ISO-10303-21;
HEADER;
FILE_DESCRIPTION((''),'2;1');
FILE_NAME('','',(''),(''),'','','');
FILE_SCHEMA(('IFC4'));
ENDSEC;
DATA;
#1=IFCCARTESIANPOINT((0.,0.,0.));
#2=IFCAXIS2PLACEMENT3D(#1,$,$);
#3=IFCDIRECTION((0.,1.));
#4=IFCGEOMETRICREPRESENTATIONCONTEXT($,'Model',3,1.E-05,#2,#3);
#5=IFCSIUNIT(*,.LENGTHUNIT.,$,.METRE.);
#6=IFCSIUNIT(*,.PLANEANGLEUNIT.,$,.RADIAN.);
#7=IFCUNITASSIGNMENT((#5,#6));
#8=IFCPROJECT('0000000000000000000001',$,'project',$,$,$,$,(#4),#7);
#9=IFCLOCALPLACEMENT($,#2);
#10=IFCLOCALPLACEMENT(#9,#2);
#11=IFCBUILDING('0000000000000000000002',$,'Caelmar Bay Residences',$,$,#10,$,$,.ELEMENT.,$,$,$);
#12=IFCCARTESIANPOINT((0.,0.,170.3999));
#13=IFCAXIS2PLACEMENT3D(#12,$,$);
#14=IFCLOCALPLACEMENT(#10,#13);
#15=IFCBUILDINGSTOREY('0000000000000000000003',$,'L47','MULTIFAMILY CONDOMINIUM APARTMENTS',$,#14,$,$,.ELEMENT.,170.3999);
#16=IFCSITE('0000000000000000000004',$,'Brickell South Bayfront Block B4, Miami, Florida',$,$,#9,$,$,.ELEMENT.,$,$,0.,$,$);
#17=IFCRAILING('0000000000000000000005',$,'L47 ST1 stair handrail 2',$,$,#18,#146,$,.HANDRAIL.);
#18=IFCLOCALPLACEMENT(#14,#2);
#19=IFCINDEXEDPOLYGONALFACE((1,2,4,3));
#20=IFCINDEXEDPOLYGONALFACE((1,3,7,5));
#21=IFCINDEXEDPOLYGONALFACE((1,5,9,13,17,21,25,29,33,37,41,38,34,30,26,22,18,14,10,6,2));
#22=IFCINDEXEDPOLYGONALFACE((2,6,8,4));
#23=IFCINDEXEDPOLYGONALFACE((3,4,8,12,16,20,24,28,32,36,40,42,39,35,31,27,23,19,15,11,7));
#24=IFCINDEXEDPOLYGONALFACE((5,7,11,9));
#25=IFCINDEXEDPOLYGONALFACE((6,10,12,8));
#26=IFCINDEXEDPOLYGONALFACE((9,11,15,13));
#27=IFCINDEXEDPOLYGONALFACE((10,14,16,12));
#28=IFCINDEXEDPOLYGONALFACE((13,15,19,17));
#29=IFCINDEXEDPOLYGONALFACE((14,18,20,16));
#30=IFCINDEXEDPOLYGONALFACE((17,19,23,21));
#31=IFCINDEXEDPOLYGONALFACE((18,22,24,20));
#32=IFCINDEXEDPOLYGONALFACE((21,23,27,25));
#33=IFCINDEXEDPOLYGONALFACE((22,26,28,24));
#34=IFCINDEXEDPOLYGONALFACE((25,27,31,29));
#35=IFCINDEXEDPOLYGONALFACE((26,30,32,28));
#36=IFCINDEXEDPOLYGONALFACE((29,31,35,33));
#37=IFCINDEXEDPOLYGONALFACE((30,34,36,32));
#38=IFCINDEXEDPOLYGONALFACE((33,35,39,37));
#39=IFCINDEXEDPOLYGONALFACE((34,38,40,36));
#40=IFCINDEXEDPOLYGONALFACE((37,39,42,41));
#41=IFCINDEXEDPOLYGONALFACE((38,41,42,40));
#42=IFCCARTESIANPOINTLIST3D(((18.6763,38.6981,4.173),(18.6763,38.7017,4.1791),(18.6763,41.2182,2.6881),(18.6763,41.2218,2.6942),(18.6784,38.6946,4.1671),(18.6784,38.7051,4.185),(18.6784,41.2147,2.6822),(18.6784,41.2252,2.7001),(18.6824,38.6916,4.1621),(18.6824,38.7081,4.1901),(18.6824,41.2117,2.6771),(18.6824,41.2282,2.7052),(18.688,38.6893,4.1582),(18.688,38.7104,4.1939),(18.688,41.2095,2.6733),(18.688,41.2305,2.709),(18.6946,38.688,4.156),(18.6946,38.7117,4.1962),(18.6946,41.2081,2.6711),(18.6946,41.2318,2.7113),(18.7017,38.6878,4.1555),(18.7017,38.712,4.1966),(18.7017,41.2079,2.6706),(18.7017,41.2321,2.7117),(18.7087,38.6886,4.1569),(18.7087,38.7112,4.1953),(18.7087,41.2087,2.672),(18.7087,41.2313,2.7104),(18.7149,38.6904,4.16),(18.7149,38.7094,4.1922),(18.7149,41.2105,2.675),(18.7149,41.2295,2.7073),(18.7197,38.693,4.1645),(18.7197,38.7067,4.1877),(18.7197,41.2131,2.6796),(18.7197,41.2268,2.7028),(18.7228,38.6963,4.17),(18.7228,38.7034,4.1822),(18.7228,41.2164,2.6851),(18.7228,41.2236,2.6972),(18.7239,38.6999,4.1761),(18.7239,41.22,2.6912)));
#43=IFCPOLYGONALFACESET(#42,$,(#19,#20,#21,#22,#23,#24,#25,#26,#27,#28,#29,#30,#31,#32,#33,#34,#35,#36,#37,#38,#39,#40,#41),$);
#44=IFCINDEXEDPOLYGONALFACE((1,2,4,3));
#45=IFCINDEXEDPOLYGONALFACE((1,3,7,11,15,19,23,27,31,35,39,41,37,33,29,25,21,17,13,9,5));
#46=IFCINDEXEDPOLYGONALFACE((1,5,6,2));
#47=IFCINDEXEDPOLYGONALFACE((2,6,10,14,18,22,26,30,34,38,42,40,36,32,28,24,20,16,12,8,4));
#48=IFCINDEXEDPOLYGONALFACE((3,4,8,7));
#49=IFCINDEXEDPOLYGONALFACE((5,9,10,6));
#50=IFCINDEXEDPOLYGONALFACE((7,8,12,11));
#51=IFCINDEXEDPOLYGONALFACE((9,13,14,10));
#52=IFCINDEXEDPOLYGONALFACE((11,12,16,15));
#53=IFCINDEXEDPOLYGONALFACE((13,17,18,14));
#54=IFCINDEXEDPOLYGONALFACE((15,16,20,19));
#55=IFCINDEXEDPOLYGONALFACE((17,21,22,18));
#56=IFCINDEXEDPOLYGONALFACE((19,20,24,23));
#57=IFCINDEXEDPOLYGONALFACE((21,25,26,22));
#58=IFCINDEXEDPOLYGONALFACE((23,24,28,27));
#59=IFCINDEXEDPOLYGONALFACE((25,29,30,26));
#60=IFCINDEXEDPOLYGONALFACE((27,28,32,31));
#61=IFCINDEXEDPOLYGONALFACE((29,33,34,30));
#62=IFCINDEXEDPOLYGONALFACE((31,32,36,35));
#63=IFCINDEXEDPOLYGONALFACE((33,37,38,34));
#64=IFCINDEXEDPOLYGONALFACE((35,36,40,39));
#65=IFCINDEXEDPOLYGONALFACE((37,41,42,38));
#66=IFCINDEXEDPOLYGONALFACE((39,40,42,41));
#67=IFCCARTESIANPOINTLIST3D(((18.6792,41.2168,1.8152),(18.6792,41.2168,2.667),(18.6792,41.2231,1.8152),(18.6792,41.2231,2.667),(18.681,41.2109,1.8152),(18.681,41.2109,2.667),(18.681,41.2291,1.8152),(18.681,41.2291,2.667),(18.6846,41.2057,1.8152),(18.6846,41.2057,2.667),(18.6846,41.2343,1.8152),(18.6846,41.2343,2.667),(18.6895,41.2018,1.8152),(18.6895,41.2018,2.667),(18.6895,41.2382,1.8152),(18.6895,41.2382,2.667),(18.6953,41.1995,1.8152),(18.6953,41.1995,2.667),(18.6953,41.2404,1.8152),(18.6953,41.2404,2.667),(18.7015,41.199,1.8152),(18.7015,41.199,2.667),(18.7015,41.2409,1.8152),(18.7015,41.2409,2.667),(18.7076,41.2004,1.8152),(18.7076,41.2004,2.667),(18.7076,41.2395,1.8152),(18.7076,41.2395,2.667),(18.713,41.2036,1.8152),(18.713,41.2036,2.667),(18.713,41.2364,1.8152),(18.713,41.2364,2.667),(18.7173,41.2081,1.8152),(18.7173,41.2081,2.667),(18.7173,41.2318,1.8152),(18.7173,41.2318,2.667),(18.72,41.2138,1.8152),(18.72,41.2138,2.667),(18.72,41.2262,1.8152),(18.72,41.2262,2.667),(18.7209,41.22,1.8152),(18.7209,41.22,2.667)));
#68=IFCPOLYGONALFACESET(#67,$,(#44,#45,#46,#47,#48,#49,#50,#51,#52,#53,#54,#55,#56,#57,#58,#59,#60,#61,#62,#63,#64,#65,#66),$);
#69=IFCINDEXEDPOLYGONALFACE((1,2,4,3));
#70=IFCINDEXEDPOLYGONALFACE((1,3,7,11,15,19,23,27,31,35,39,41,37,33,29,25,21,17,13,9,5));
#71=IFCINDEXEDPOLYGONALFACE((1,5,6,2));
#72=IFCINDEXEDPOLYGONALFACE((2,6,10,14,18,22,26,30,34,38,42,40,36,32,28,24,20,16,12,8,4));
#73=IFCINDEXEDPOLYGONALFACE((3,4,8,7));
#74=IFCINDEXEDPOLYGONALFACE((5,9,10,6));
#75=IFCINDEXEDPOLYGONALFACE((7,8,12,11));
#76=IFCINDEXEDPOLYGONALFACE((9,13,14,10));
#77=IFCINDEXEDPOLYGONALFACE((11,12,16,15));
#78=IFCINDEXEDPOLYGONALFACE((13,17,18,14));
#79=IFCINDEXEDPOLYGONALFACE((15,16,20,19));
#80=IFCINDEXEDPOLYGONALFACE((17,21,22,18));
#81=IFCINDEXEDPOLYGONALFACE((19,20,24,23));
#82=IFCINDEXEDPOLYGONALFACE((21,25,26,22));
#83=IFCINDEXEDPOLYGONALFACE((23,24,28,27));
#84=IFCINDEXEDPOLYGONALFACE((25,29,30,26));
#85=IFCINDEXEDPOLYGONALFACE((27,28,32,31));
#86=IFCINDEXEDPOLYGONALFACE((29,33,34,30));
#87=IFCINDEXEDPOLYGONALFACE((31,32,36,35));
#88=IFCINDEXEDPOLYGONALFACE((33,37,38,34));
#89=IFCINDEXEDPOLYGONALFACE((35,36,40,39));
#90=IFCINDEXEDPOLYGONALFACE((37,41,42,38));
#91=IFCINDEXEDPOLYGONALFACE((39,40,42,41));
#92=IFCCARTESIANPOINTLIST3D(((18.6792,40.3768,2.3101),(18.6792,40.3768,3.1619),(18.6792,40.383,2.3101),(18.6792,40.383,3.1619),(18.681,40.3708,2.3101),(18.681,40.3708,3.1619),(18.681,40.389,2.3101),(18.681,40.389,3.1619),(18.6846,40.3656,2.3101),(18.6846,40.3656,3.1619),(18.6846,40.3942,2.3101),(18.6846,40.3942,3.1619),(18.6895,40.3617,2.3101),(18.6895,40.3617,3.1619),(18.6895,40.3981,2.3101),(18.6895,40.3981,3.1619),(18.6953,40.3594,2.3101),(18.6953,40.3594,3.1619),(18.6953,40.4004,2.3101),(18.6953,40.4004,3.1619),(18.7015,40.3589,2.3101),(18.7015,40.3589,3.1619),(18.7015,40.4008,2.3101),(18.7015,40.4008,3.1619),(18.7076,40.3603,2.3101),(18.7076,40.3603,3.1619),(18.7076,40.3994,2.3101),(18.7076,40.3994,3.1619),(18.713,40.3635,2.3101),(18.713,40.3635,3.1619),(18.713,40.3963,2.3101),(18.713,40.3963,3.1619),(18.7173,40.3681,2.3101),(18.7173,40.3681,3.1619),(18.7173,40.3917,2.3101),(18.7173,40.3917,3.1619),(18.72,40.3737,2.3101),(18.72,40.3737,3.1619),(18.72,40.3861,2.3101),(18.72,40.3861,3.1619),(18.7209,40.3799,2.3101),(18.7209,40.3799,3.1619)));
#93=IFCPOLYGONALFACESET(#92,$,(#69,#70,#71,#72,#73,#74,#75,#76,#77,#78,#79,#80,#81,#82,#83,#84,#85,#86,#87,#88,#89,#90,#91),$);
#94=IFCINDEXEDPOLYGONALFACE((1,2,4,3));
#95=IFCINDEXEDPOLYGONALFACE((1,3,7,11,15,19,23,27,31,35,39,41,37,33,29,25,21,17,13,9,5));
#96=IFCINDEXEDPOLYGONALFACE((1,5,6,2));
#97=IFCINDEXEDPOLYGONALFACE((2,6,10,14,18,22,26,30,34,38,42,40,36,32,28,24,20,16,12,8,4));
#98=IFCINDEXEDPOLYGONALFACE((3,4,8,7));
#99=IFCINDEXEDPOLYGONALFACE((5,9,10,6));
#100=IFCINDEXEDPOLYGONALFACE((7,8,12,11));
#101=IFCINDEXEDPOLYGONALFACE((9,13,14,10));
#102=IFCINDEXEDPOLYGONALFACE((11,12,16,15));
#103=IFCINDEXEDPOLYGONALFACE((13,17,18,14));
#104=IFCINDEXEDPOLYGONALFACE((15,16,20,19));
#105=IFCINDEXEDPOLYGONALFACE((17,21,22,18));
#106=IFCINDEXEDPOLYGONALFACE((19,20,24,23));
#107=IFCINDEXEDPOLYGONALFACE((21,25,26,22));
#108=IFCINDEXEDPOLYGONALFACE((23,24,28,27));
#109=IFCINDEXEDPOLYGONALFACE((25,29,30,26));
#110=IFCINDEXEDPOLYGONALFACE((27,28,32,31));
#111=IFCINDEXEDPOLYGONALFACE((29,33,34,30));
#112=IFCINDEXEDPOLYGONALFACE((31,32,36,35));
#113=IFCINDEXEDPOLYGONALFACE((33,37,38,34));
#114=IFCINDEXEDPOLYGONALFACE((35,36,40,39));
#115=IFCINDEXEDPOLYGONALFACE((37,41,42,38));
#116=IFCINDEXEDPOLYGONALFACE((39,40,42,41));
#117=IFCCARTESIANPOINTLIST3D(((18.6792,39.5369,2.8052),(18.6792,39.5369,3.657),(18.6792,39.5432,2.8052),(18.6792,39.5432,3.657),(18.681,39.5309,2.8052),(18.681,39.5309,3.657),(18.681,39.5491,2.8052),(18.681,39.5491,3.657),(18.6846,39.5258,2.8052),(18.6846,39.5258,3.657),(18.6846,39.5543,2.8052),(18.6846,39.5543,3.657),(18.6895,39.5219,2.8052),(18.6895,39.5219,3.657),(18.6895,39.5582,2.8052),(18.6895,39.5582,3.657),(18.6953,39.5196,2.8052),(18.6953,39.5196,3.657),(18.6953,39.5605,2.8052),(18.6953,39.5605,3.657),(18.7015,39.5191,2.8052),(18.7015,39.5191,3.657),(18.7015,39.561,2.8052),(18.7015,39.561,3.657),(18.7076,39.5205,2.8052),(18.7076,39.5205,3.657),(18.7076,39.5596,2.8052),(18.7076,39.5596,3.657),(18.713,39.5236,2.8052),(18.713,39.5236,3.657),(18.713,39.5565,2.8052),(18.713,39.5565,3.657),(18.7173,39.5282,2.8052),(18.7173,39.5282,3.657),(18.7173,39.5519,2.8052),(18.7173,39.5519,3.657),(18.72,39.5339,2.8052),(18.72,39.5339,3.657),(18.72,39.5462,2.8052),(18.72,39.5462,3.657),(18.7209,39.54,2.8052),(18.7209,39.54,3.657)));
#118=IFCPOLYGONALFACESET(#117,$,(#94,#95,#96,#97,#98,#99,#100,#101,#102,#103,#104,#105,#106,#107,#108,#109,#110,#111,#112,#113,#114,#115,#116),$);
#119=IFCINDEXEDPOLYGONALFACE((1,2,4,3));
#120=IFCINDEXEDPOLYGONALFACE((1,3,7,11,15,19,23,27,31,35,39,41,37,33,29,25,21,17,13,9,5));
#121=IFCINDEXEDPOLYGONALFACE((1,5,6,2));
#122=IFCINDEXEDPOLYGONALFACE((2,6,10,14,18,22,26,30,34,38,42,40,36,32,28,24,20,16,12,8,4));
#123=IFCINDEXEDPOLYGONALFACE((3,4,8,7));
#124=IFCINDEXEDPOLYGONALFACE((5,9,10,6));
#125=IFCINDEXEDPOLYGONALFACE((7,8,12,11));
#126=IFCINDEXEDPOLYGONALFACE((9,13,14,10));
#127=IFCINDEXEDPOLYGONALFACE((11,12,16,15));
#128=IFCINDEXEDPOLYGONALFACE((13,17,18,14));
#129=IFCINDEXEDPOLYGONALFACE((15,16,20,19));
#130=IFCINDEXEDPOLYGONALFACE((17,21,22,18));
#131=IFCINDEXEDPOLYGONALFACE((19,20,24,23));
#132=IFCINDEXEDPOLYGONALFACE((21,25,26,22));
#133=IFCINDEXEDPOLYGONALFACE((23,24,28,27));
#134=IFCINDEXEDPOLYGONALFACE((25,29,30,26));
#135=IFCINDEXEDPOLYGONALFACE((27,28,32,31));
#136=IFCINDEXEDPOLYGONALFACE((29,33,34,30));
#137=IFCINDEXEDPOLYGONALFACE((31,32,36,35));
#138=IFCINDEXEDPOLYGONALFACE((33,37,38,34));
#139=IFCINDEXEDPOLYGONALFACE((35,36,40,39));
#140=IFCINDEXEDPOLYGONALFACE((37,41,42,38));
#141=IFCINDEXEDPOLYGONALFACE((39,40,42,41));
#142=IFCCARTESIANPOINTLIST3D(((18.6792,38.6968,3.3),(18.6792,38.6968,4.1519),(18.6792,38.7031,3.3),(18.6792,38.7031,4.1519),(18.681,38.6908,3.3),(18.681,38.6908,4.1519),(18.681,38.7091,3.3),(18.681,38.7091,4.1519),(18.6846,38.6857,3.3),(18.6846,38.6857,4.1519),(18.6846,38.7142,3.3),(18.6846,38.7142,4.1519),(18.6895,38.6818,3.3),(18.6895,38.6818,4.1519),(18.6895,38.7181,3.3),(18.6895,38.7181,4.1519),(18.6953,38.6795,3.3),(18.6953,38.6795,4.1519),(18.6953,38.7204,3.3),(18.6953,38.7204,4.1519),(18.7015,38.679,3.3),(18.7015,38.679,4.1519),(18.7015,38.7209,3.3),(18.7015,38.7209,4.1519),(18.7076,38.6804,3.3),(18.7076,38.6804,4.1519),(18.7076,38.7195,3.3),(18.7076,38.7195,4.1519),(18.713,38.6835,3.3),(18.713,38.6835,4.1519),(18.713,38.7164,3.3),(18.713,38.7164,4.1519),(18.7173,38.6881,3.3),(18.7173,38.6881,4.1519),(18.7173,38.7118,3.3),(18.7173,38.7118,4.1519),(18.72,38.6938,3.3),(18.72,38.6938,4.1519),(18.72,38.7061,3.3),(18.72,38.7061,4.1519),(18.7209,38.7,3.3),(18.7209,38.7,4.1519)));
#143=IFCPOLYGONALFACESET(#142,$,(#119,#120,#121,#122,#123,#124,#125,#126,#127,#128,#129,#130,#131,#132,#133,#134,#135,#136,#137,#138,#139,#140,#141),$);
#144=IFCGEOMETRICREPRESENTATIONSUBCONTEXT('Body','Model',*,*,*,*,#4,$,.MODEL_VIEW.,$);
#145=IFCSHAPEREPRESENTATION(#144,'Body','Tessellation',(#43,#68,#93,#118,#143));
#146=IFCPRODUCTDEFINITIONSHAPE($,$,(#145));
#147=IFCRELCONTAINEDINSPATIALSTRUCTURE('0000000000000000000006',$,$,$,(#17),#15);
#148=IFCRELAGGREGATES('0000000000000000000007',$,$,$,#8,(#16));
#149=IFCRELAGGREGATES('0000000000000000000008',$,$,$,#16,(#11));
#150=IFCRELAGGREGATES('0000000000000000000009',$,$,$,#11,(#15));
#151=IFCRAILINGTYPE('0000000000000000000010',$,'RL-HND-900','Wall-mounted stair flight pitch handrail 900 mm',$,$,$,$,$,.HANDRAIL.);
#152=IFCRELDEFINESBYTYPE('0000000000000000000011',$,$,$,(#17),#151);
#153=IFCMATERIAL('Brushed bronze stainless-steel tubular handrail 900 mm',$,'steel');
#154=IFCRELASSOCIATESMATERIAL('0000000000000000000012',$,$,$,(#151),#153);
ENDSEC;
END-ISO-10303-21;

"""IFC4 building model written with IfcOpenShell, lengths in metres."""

from ifc_helpers import new_model, si_unit, direction, frame, origin, origin_2d, place, context, subcontext, project, spatial, circle, extrude, material, type_object, element, save


model = new_model("IFC4")

# Units and contexts
model_context = context("Model", 3, precision=1e-05, world=origin(), true_north=direction((0.0, 1.0)))
body_context = subcontext(model_context, "Body", "Model", "MODEL_VIEW")
ifc_project = project(units=[si_unit("LENGTHUNIT", "METRE"), si_unit("PLANEANGLEUNIT", "RADIAN")], contexts=[model_context])

# Site, building, storey
site_placement = place(None, origin())
site = spatial("IfcSite", under=ifc_project, at=site_placement, Name="Brickell South Bayfront Block B4, Miami, Florida", CompositionType="ELEMENT", RefElevation=0.0)
building_placement = place(site_placement, origin())
building = spatial("IfcBuilding", under=site, at=building_placement, Name="Caelmar Bay Residences", CompositionType="ELEMENT")
storey_placement = place(building_placement, frame((0.0, 0.0, 170.3999)))
storey = spatial("IfcBuildingStorey", under=building, at=storey_placement, Name="L47", Description="MULTIFAMILY CONDOMINIUM APARTMENTS", CompositionType="ELEMENT", Elevation=170.3999)

# Railing
ifc_material_1 = material(Name="Brushed bronze stainless-steel tubular handrail 900 mm", Category="steel")
railing_type_1 = type_object("IfcRailingType", Name="RL-HND-900", Description="Wall-mounted stair flight pitch handrail 900 mm", PredefinedType="HANDRAIL", material=ifc_material_1)
railing_1_placement = place(storey_placement, frame((18.7, 41.22, 1.8152)))
element("IfcRailing", 1, at=railing_1_placement, inside=storey, type_object=railing_type_1, Name="L47 ST1 stair handrail 2", PredefinedType="HANDRAIL", context=body_context, shape_type="SweptSolid", body=[
    extrude(circle(Radius=0.0239, at=origin_2d()), frame((0.0, 0.0, 0.876), z_axis=(0.0, -0.861561, 0.507655), x_axis=(1.0, 0.0, 0.0)), (0.0, 0.0, 1.0), 2.925),
    extrude(circle(Radius=0.021, at=origin_2d()), origin(), (0.0, 0.0, 1.0), 0.8518),
    extrude(circle(Radius=0.021, at=origin_2d()), frame((0.0, -0.8401, 0.4949)), (0.0, 0.0, 1.0), 0.8518),
    extrude(circle(Radius=0.021, at=origin_2d()), frame((0.0, -1.6799, 0.99)), (0.0, 0.0, 1.0), 0.8518),
    extrude(circle(Radius=0.021, at=origin_2d()), frame((0.0, -2.52, 1.4849)), (0.0, 0.0, 1.0), 0.8518),
])

save(model, "model.ifc")
